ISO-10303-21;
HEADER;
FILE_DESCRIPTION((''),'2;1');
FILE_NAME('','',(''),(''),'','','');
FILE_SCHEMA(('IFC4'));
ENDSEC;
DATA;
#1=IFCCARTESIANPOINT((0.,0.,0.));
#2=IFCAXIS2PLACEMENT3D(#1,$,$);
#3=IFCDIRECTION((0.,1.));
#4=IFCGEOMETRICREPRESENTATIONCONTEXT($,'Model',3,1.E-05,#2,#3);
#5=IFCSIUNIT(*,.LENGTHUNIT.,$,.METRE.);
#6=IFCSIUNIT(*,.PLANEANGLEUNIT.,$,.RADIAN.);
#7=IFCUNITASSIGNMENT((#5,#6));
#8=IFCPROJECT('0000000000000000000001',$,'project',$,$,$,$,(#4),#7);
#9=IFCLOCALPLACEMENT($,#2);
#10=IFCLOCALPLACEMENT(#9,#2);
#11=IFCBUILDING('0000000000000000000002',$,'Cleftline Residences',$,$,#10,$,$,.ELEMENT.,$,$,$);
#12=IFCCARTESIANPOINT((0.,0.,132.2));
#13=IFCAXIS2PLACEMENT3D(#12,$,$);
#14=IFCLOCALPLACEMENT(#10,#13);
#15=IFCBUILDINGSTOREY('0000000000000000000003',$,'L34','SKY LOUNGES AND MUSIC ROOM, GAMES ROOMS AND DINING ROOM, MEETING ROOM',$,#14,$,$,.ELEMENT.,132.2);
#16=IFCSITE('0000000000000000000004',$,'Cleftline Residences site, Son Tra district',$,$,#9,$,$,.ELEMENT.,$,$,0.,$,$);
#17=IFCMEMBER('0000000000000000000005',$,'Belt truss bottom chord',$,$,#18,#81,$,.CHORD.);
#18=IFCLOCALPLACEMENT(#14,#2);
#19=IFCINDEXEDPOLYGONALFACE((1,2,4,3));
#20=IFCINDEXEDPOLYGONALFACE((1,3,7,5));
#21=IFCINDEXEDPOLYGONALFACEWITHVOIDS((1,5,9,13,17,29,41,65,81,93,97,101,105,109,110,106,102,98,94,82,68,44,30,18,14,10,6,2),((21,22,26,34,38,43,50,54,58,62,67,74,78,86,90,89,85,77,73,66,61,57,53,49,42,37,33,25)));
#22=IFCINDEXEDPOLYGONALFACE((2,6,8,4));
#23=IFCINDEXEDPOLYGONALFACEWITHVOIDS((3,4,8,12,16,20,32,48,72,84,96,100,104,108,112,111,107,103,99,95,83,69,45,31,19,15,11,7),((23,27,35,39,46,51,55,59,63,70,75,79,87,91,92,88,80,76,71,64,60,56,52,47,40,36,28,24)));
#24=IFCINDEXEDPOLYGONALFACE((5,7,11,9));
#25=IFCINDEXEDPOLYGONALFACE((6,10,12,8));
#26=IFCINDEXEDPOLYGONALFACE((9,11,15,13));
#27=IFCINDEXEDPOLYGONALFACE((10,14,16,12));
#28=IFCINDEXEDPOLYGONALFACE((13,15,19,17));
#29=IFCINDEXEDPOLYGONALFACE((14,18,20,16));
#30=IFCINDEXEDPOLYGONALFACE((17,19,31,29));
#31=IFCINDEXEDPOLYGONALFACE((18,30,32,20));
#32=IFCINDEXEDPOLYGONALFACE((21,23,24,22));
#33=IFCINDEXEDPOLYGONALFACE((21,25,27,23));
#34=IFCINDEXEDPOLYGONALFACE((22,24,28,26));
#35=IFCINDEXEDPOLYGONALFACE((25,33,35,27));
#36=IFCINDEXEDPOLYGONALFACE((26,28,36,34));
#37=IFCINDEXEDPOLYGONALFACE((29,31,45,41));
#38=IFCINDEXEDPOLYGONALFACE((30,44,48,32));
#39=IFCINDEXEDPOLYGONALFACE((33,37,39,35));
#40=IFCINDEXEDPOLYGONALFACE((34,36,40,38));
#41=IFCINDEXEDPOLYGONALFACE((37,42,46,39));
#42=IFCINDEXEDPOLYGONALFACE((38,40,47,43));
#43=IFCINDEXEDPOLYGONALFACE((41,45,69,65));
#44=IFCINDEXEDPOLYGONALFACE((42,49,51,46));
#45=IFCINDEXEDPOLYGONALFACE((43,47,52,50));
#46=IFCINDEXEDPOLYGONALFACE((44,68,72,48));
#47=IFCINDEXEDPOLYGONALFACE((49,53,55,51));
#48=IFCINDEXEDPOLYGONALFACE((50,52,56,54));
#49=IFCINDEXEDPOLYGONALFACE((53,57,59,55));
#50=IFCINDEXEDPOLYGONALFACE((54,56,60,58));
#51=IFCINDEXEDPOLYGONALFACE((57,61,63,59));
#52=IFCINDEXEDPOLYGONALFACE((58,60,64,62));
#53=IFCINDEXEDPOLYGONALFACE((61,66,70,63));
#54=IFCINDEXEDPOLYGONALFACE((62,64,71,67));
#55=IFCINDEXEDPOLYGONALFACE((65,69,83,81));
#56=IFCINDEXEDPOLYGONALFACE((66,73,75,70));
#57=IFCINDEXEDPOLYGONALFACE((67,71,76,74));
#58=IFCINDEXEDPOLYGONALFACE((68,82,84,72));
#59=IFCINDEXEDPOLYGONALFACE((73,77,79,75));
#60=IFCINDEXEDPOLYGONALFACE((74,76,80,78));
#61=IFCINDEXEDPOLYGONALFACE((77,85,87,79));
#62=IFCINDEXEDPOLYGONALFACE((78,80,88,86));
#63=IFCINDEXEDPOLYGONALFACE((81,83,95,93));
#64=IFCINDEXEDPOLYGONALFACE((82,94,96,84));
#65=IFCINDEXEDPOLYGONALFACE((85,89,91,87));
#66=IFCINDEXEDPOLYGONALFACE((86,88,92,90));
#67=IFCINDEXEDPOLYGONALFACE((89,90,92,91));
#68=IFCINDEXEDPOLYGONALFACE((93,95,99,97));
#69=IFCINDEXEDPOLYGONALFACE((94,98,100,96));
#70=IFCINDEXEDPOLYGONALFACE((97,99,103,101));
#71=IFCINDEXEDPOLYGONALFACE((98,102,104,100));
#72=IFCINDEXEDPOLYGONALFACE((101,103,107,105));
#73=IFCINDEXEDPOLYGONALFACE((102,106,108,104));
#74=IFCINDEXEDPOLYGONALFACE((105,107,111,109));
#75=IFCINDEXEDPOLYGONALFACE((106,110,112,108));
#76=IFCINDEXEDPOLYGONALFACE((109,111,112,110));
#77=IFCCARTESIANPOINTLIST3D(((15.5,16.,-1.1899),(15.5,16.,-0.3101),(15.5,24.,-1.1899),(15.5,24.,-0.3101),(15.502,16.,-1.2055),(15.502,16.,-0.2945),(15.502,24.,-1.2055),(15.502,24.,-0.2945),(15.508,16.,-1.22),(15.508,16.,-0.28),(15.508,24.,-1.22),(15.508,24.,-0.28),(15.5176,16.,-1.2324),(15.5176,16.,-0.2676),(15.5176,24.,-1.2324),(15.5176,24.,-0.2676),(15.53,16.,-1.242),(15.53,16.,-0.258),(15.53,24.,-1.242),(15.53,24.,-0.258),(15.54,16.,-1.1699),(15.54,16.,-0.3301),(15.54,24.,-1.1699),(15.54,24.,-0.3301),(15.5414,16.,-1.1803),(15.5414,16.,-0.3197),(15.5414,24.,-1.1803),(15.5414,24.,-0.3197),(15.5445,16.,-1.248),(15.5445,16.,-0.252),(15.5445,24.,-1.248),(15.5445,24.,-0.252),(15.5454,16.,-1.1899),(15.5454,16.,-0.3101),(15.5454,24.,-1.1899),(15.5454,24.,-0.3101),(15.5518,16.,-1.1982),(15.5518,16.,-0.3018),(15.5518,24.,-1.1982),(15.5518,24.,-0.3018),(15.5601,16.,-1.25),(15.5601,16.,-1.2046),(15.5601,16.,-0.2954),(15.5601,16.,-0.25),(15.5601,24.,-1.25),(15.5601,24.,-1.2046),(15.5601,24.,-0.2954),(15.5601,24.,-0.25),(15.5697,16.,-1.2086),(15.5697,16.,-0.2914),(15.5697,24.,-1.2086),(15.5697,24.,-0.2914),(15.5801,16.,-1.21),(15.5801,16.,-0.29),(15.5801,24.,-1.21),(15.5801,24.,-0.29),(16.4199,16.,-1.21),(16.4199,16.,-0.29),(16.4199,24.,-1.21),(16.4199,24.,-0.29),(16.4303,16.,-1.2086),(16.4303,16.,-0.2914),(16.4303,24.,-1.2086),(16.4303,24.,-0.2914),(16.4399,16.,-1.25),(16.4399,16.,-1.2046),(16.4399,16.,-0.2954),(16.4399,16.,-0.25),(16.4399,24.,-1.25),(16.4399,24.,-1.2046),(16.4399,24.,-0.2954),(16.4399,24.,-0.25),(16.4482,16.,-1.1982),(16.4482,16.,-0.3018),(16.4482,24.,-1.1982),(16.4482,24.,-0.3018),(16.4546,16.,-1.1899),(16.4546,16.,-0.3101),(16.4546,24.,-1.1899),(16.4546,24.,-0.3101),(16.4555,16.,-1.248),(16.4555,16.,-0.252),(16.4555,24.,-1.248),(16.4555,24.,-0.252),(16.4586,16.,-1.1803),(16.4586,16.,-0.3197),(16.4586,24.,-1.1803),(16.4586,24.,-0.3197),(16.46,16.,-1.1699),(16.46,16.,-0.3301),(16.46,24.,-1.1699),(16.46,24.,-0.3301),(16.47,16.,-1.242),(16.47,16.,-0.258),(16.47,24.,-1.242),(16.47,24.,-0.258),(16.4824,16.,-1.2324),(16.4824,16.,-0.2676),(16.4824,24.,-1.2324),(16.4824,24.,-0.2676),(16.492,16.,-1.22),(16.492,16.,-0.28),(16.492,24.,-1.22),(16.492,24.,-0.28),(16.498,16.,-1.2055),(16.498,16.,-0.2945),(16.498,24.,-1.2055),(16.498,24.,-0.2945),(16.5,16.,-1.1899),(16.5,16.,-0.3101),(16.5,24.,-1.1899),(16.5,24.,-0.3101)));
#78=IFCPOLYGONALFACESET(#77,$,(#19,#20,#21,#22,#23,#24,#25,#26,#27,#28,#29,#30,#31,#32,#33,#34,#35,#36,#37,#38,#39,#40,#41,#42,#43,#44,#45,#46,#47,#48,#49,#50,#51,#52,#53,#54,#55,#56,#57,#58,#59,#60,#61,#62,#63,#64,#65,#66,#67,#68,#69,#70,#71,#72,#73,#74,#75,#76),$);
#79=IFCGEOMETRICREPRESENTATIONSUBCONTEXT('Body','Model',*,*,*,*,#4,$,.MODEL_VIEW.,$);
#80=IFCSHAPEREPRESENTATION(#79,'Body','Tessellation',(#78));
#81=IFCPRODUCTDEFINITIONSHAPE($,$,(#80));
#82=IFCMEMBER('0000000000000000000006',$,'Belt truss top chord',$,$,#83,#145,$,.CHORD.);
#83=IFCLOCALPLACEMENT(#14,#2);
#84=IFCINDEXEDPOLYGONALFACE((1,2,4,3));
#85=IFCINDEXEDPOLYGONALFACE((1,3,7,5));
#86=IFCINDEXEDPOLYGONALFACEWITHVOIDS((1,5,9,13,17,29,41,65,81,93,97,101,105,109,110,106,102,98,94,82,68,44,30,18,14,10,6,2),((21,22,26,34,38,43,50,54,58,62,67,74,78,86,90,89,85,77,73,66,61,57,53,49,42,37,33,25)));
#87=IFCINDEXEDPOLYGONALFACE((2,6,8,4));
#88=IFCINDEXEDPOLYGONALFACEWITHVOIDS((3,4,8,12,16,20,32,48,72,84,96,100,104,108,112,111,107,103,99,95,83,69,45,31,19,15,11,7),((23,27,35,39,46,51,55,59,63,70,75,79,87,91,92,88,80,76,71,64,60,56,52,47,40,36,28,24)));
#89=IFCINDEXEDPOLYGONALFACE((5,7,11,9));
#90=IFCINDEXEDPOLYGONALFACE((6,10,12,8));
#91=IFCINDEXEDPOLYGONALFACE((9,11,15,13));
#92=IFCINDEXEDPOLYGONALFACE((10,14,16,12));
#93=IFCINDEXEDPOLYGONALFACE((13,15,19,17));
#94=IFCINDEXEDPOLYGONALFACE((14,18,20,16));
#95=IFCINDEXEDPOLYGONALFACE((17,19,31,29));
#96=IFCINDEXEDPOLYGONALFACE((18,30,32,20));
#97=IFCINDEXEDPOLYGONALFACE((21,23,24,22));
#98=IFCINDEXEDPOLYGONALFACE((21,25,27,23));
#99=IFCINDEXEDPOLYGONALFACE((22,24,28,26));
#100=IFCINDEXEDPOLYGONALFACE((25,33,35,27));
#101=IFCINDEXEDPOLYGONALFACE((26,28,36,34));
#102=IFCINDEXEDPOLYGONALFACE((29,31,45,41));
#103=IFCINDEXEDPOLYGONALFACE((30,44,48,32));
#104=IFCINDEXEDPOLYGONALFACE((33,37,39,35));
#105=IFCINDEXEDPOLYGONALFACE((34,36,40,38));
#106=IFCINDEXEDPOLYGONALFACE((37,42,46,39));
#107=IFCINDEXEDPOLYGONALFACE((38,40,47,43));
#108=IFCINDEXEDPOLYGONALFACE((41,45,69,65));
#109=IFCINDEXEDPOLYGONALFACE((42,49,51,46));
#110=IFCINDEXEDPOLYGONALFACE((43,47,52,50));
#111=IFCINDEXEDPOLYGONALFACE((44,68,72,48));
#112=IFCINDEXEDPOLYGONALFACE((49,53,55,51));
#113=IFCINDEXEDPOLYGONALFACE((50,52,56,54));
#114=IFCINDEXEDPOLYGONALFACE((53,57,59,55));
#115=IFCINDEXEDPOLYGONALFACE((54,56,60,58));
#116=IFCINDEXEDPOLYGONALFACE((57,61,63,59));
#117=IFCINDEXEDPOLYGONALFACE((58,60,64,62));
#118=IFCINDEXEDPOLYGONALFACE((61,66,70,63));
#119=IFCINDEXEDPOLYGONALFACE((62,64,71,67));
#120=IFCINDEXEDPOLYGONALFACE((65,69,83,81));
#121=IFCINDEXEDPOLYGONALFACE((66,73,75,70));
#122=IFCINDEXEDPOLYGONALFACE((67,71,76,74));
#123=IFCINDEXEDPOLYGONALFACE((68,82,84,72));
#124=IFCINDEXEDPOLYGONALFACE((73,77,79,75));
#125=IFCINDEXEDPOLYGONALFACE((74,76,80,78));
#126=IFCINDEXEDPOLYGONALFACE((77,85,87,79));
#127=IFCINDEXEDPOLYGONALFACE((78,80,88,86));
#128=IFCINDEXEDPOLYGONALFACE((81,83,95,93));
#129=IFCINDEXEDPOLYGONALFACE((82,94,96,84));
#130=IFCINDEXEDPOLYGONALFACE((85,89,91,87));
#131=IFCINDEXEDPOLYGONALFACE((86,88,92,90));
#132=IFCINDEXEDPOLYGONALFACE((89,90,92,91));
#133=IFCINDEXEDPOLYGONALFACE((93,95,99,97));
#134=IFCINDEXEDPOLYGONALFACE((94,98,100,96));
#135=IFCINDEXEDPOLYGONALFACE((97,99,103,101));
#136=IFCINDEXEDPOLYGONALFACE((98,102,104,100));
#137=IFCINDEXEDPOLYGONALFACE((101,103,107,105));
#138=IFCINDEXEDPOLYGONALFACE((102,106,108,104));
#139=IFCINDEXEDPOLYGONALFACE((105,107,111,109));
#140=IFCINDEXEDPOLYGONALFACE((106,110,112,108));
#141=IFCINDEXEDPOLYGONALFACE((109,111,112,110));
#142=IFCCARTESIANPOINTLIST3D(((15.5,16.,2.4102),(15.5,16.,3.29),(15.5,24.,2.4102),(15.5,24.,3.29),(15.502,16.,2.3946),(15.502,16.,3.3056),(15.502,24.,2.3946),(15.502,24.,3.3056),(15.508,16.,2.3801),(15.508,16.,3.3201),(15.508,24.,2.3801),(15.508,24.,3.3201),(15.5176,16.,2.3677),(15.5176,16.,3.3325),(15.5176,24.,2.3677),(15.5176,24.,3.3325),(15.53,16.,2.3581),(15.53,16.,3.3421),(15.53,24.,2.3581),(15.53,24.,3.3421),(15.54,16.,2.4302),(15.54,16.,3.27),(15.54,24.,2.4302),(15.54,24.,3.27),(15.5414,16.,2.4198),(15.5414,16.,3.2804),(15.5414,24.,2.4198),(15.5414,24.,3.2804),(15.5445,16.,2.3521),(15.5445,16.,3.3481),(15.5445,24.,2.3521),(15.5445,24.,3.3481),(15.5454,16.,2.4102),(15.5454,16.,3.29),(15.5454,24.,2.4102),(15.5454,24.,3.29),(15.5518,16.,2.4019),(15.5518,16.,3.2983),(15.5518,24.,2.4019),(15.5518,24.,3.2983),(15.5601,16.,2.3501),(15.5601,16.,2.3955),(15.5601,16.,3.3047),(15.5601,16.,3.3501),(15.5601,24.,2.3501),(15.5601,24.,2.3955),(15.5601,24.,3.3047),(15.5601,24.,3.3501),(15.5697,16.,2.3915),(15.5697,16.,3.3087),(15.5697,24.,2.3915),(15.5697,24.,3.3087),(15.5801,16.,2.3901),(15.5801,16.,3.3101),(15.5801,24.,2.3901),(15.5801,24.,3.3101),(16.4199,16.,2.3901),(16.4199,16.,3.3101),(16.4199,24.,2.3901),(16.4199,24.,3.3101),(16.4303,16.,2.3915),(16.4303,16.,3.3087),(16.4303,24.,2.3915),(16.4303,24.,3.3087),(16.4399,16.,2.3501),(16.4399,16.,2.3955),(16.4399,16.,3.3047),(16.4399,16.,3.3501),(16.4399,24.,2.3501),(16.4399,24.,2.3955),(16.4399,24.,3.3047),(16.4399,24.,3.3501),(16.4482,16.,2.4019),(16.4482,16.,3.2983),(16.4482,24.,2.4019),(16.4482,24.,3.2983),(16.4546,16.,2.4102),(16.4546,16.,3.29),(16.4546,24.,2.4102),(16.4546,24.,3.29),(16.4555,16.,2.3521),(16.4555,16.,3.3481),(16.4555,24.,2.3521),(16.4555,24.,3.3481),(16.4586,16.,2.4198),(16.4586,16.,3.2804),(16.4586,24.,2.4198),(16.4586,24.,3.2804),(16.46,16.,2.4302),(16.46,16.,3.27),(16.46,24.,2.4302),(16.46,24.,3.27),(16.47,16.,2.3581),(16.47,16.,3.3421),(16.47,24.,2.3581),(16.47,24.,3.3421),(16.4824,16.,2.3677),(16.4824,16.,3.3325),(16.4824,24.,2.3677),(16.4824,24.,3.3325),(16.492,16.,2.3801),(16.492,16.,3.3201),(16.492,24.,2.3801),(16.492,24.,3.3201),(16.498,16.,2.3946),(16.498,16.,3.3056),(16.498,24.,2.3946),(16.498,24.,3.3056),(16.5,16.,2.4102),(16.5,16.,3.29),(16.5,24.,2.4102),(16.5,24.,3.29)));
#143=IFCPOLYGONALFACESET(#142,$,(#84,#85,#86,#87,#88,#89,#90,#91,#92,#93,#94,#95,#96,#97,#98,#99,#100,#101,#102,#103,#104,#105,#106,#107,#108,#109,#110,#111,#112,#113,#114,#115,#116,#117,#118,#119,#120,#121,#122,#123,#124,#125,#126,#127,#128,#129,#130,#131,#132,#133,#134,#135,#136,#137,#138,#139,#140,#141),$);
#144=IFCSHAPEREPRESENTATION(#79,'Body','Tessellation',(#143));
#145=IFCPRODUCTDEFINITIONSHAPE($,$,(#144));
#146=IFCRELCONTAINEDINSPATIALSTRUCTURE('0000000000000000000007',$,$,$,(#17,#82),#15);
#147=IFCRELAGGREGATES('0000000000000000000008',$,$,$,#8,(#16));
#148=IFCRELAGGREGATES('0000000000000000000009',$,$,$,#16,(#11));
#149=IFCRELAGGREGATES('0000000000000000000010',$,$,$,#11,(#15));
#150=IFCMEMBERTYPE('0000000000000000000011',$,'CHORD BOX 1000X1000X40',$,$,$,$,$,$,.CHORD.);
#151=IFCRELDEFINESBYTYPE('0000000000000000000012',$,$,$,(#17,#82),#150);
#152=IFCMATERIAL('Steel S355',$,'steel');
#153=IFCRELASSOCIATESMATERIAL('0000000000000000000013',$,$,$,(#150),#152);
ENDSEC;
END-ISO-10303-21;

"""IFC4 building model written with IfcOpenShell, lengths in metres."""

from ifc_helpers import new_model, si_unit, direction, frame, origin, origin_2d, place, context, subcontext, project, spatial, hollow_rectangle, extrude, material, material_profile, profile_set, type_object, element, save


model = new_model("IFC4")

# Units and contexts
model_context = context("Model", 3, precision=1e-05, world=origin(), true_north=direction((0.0, 1.0)))
body_context = subcontext(model_context, "Body", "Model", "MODEL_VIEW")
ifc_project = project(units=[si_unit("LENGTHUNIT", "METRE"), si_unit("PLANEANGLEUNIT", "RADIAN")], contexts=[model_context])

# Site, building, storey
site_placement = place(None, origin())
site = spatial("IfcSite", under=ifc_project, at=site_placement, Name="Cleftline Residences site, Son Tra district", CompositionType="ELEMENT", RefElevation=0.0)
building_placement = place(site_placement, origin())
building = spatial("IfcBuilding", under=site, at=building_placement, Name="Cleftline Residences", CompositionType="ELEMENT")
storey_placement = place(building_placement, frame((0.0, 0.0, 132.2)))
storey = spatial("IfcBuildingStorey", under=building, at=storey_placement, Name="L34", Description="SKY LOUNGES AND MUSIC ROOM, GAMES ROOMS AND DINING ROOM, MEETING ROOM", CompositionType="ELEMENT", Elevation=132.2)

# Members
ifc_material_1 = material(Name="Steel S355", Category="steel")
ifc_material_profile_1 = material_profile(ifc_material_1, hollow_rectangle(XDim=1.0, YDim=1.0, WallThickness=0.04, InnerFilletRadius=0.04, OuterFilletRadius=0.0601, at=origin_2d()))
ifc_profile_set_1 = profile_set([ifc_material_profile_1], Name="Steel S355")
member_type_1 = type_object("IfcMemberType", Name="CHORD BOX 1000X1000X40", PredefinedType="CHORD", material=ifc_profile_set_1)
for number, where, z_axis, x_axis, name in (
    (1, (16.0, 16.0, -0.75), (0.0, 1.0, 0.0), (-1.0, 0.0, 0.0), "Belt truss bottom chord"),
    (2, (16.0, 16.0, 2.8501), (0.0, 1.0, 0.0), (-1.0, 0.0, 0.0), "Belt truss top chord"),
):
    element("IfcMember", number, at=place(storey_placement, frame(where, z_axis=z_axis, x_axis=x_axis)), inside=storey, type_object=member_type_1, Name=name, PredefinedType="CHORD", context=body_context, shape_type="SweptSolid", body=[
        extrude(hollow_rectangle(XDim=1.0, YDim=1.0, WallThickness=0.04, InnerFilletRadius=0.04, OuterFilletRadius=0.0601, at=origin_2d()), origin(), (0.0, 0.0, 1.0), 8.0),
    ])

save(model, "model.ifc")
